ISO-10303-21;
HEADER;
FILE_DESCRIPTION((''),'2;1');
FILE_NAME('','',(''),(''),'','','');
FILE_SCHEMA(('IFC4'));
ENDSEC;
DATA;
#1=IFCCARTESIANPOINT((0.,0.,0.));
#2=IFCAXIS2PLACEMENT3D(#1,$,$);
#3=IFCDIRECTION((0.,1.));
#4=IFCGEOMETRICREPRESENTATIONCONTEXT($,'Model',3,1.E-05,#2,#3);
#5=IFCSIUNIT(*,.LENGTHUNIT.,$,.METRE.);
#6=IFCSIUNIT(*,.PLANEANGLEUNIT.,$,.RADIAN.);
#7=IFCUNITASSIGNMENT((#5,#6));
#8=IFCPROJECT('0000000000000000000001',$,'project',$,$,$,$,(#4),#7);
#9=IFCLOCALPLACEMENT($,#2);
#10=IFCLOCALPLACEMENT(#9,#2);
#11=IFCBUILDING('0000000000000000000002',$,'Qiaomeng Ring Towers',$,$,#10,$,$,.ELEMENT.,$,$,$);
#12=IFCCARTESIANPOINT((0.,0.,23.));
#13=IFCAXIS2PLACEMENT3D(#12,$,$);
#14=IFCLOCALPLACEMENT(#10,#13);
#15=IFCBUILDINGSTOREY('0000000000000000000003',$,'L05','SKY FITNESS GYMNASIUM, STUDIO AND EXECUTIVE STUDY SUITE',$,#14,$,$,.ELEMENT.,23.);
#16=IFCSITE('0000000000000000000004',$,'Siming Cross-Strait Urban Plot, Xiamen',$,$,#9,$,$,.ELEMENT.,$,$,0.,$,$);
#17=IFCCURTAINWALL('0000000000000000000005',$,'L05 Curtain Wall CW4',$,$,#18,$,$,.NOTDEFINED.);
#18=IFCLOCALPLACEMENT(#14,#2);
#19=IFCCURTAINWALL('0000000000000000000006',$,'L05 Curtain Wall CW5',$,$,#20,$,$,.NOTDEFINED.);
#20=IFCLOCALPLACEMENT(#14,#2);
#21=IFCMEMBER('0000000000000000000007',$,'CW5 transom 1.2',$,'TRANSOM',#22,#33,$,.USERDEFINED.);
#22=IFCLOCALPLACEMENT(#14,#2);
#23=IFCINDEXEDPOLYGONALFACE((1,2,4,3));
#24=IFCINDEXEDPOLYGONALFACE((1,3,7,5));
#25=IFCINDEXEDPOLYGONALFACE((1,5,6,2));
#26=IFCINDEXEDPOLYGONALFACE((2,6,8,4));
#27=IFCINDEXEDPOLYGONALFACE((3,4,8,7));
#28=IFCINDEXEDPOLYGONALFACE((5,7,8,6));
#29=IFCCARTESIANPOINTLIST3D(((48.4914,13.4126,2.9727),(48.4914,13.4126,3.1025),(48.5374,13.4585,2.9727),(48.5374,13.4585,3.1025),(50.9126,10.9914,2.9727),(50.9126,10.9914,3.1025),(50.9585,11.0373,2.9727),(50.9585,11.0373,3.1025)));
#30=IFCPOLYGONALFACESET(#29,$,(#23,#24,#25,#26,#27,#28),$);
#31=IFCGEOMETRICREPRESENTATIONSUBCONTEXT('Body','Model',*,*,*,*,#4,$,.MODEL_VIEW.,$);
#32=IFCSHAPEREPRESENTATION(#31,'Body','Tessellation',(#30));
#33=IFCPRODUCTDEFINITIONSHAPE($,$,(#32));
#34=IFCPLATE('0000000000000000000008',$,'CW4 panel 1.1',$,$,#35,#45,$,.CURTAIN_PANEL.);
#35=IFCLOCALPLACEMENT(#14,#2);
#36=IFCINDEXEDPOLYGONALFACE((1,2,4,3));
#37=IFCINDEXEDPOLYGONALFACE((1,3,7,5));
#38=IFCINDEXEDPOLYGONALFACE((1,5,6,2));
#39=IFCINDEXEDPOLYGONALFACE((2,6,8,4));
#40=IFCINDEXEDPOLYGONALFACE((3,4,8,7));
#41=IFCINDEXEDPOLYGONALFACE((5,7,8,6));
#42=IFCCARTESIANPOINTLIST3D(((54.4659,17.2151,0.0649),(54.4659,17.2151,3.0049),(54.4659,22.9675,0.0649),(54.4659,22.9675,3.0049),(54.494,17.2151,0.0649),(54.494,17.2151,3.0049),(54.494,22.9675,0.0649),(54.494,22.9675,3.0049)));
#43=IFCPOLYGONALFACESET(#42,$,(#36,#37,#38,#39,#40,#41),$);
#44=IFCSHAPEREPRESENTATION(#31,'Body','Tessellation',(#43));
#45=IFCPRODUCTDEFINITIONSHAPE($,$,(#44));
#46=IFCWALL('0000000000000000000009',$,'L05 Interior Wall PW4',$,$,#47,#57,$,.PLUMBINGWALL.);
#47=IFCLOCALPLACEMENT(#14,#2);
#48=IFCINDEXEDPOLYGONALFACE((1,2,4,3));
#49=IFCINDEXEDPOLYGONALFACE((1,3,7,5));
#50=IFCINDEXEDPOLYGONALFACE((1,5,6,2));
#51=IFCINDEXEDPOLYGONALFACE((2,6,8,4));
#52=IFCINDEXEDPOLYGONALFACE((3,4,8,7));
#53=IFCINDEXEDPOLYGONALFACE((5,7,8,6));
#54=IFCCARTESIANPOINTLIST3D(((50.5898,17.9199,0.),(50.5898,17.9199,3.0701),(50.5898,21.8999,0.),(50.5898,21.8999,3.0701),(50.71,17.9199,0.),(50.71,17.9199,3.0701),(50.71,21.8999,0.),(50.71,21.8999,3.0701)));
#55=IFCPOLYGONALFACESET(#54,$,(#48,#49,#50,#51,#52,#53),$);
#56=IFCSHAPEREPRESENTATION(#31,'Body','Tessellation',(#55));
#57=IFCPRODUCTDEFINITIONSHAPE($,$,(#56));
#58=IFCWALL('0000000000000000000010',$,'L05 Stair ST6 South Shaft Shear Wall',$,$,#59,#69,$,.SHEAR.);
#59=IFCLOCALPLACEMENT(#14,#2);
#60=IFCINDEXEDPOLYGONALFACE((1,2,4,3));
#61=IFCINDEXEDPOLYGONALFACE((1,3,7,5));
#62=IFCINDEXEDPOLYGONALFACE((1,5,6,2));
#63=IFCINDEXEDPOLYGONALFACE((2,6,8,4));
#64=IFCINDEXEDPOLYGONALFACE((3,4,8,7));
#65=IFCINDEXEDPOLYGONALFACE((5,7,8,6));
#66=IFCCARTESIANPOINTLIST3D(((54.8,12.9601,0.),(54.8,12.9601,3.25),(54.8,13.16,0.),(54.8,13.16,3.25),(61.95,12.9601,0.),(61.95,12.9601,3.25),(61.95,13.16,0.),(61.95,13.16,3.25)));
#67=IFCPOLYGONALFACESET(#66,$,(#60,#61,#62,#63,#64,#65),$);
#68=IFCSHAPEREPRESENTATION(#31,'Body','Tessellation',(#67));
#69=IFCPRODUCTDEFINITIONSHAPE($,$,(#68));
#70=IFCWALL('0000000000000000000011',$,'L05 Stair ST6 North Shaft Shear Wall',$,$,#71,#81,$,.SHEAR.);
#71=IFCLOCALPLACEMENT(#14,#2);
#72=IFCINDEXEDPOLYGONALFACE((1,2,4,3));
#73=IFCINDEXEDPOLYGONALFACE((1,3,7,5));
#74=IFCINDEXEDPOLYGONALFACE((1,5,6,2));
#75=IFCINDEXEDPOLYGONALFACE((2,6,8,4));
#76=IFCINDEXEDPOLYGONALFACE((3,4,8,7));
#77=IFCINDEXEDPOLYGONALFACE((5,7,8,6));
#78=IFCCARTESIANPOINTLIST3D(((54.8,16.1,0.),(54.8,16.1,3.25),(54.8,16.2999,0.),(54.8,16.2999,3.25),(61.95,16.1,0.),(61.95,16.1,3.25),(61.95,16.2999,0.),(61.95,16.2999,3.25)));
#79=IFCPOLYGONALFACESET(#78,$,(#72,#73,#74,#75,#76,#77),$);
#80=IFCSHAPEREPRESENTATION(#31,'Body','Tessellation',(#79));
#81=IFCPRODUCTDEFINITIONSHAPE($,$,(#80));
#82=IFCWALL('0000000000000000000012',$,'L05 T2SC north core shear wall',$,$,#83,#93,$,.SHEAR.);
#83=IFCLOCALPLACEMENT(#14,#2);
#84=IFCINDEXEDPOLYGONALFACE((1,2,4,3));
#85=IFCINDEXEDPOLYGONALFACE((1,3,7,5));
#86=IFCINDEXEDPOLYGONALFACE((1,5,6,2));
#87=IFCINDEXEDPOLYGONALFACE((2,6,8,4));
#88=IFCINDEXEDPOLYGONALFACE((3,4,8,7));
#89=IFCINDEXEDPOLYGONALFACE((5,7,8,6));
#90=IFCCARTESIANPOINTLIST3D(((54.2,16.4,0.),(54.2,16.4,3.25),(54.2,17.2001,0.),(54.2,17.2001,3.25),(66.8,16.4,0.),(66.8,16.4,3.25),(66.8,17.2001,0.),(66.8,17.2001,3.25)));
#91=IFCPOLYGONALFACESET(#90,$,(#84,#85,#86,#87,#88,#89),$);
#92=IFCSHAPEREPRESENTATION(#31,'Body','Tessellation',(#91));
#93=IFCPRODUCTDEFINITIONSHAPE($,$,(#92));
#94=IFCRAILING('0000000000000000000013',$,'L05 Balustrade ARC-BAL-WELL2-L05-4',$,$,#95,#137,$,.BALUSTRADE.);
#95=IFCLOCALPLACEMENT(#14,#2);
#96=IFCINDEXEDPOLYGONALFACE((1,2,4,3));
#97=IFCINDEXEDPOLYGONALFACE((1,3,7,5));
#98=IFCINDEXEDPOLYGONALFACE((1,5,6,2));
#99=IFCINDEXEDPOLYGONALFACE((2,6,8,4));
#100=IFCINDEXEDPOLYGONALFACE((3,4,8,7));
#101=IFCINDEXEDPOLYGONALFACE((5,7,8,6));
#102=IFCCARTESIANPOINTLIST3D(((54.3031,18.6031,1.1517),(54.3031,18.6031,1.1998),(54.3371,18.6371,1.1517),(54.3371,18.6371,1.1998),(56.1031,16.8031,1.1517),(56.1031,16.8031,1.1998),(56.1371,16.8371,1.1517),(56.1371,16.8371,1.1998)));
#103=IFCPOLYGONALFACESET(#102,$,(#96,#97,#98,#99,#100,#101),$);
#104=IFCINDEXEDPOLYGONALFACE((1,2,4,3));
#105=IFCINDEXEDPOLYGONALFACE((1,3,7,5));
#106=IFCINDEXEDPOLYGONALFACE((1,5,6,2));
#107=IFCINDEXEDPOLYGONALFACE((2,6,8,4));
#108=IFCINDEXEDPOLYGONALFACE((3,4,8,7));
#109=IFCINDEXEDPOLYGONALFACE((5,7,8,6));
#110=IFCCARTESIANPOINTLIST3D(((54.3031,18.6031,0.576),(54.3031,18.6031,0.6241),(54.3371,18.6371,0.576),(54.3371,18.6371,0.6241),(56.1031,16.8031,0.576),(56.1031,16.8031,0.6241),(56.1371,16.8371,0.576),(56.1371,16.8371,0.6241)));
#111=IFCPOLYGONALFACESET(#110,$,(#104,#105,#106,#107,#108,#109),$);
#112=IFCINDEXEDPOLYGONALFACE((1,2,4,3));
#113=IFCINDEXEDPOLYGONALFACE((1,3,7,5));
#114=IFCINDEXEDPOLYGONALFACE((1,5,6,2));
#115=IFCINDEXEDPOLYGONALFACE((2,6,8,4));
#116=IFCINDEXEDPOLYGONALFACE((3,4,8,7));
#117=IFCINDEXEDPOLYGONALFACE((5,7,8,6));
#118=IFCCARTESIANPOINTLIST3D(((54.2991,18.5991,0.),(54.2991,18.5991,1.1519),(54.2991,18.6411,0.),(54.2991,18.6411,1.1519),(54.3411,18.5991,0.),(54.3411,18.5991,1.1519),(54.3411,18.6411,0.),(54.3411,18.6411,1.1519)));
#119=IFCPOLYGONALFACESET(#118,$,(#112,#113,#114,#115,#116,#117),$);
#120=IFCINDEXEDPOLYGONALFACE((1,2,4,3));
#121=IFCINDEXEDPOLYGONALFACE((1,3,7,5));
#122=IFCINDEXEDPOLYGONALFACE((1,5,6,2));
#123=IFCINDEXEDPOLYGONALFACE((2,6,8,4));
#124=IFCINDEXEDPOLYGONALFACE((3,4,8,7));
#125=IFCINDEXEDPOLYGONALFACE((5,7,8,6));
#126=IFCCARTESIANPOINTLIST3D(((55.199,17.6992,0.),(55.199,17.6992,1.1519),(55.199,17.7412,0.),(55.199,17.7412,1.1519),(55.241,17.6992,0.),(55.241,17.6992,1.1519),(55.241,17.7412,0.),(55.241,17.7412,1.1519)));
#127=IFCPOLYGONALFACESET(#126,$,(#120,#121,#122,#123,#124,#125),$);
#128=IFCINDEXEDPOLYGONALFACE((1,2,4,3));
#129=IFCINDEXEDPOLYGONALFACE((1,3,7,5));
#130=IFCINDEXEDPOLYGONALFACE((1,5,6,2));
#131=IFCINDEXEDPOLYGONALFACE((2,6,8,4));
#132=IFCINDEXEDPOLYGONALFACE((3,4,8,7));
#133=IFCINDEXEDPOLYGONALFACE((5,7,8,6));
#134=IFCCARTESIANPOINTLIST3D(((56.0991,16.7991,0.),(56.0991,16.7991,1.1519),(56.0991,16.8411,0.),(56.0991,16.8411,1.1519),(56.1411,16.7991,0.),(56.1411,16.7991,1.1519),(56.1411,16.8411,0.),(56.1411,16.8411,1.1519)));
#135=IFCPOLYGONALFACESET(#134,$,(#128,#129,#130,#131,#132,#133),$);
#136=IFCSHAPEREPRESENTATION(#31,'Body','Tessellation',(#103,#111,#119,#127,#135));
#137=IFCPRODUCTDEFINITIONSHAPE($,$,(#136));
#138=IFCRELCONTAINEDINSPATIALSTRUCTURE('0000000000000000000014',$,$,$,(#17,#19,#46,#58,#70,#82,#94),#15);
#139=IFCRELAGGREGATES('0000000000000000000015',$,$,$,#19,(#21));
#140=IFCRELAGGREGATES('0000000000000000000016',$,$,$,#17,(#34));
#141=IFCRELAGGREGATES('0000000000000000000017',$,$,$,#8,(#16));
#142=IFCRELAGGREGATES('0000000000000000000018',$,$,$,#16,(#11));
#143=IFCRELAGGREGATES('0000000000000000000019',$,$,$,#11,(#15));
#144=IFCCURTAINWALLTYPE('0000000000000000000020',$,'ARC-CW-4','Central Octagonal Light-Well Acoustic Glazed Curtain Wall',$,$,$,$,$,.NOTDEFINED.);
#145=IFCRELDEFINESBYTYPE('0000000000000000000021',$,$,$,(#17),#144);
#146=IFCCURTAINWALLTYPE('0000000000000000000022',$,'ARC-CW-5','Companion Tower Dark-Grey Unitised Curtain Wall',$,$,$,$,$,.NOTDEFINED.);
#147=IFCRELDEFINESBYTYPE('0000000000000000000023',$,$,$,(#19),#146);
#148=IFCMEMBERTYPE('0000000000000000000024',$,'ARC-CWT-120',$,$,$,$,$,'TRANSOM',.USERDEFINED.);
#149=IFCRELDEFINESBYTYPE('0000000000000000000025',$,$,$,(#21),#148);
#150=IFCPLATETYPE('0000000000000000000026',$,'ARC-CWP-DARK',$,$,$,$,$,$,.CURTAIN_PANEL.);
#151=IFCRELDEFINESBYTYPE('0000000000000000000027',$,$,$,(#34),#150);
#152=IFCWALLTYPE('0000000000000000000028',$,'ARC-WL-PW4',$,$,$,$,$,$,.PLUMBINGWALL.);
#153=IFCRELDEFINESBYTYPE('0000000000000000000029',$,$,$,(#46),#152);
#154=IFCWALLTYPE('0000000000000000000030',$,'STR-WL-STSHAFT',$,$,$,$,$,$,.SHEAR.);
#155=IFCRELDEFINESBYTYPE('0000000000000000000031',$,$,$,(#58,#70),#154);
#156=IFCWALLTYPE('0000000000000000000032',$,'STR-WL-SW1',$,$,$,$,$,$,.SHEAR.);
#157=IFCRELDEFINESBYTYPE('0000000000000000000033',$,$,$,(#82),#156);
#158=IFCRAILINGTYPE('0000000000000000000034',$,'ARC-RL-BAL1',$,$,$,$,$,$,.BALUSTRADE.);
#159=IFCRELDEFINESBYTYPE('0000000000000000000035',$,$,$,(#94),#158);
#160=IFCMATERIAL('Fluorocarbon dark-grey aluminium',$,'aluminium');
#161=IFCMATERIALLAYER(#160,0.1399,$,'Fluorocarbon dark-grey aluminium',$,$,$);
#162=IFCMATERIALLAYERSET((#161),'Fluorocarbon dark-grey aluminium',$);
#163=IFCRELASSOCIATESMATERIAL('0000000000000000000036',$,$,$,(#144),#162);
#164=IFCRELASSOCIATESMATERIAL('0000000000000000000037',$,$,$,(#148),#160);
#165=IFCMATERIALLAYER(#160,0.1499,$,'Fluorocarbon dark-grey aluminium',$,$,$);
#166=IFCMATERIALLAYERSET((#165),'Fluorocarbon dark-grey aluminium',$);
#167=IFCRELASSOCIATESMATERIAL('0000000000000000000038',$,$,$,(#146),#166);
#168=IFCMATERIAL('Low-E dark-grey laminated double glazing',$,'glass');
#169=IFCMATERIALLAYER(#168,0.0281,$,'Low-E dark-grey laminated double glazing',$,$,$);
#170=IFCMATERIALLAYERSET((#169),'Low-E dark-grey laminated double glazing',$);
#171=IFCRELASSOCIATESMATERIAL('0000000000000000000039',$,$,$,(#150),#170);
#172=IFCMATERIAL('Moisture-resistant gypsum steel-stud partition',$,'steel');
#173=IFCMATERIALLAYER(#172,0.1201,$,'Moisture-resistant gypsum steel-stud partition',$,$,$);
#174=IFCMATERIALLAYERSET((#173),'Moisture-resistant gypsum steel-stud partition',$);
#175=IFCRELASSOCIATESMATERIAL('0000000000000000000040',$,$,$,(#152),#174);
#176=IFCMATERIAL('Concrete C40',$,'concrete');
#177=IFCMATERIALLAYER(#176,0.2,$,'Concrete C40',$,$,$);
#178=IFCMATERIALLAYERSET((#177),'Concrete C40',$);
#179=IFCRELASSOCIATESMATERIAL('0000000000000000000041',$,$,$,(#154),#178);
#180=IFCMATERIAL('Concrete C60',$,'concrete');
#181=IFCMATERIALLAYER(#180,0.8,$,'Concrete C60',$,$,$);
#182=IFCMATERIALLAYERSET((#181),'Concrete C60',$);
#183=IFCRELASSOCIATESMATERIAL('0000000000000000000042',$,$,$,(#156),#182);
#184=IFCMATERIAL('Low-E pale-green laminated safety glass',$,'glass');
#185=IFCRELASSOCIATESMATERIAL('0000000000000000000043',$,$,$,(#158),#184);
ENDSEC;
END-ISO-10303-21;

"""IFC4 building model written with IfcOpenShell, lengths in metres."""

from ifc_helpers import new_model, si_unit, direction, frame, frame_2d, origin, origin_2d, place, context, subcontext, project, spatial, rectangle, extrude, source, transform, mapped, material, layer, layer_set, material_profile, profile_set, type_object, element, aggregate, save


model = new_model("IFC4")

# Units and contexts
model_context = context("Model", 3, precision=1e-05, world=origin(), true_north=direction((0.0, 1.0)))
body_context = subcontext(model_context, "Body", "Model", "MODEL_VIEW")
ifc_project = project(units=[si_unit("LENGTHUNIT", "METRE"), si_unit("PLANEANGLEUNIT", "RADIAN")], contexts=[model_context])

# Site, building, storey
site_placement = place(None, origin())
site = spatial("IfcSite", under=ifc_project, at=site_placement, Name="Siming Cross-Strait Urban Plot, Xiamen", CompositionType="ELEMENT", RefElevation=0.0)
building_placement = place(site_placement, origin())
building = spatial("IfcBuilding", under=site, at=building_placement, Name="Qiaomeng Ring Towers", CompositionType="ELEMENT")
storey_placement = place(building_placement, frame((0.0, 0.0, 23.0)))
storey = spatial("IfcBuildingStorey", under=building, at=storey_placement, Name="L05", Description="SKY FITNESS GYMNASIUM, STUDIO AND EXECUTIVE STUDY SUITE", CompositionType="ELEMENT", Elevation=23.0)

# Curtain walls, member
ifc_material_1 = material(Name="Fluorocarbon dark-grey aluminium", Category="aluminium")
ifc_layer_1 = layer(ifc_material_1, 0.1399, Name="Fluorocarbon dark-grey aluminium")
ifc_layer_set_1 = layer_set([ifc_layer_1], Name="Fluorocarbon dark-grey aluminium")
curtain_wall_type_1 = type_object("IfcCurtainWallType", Name="ARC-CW-4", Description="Central Octagonal Light-Well Acoustic Glazed Curtain Wall", PredefinedType="NOTDEFINED", material=ifc_layer_set_1)
curtain_wall_1_placement = place(storey_placement, origin())
curtain_wall_1 = element("IfcCurtainWall", 1, at=curtain_wall_1_placement, inside=storey, type_object=curtain_wall_type_1, Name="L05 Curtain Wall CW4", PredefinedType="NOTDEFINED")
ifc_material_profile_1 = material_profile(ifc_material_1, rectangle(XDim=0.0649, YDim=0.1299, at=origin_2d()), Name="ALU TRAN 65x130")
ifc_profile_set_1 = profile_set([ifc_material_profile_1], Name="Fluorocarbon dark-grey aluminium")
member_type_1 = type_object("IfcMemberType", Name="ARC-CWT-120", ElementType="TRANSOM", PredefinedType="USERDEFINED", material=ifc_profile_set_1)
ifc_layer_2 = layer(ifc_material_1, 0.1499, Name="Fluorocarbon dark-grey aluminium")
ifc_layer_set_2 = layer_set([ifc_layer_2], Name="Fluorocarbon dark-grey aluminium")
curtain_wall_type_2 = type_object("IfcCurtainWallType", Name="ARC-CW-5", Description="Companion Tower Dark-Grey Unitised Curtain Wall", PredefinedType="NOTDEFINED", material=ifc_layer_set_2)
curtain_wall_2_placement = place(storey_placement, origin())
curtain_wall_2 = element("IfcCurtainWall", 2, at=curtain_wall_2_placement, inside=storey, type_object=curtain_wall_type_2, Name="L05 Curtain Wall CW5", PredefinedType="NOTDEFINED")
shared_shape_1 = source(origin(), body_context, "Body", "SweptSolid", [
    extrude(rectangle(XDim=0.0649, YDim=0.1299, at=origin_2d()), origin(), (0.0, 0.0, 1.0), 3.4241),
])
member_1_placement = place(storey_placement, frame((48.5144, 13.4355, 3.0376), z_axis=(0.707107, -0.707107, 0.0), x_axis=(0.707107, 0.707107, 0.0)))
member_1 = element("IfcMember", 3, at=member_1_placement, type_object=member_type_1, Name="CW5 transom 1.2", ObjectType="TRANSOM", PredefinedType="USERDEFINED", context=body_context, shape_type="MappedRepresentation", body=[
    mapped(shared_shape_1, transform((0.0, 0.0, 0.0), x_axis=(1.0, 0.0, 0.0), y_axis=(0.0, 1.0, 0.0), z_axis=(0.0, 0.0, 1.0), scale=1.0)),
])
aggregate(curtain_wall_2, [member_1])

# Plate
ifc_material_2 = material(Name="Low-E dark-grey laminated double glazing", Category="glass")
ifc_layer_3 = layer(ifc_material_2, 0.0281, Name="Low-E dark-grey laminated double glazing")
ifc_layer_set_3 = layer_set([ifc_layer_3], Name="Low-E dark-grey laminated double glazing")
plate_type = type_object("IfcPlateType", Name="ARC-CWP-DARK", PredefinedType="CURTAIN_PANEL", material=ifc_layer_set_3)
shared_shape_2 = source(origin(), body_context, "Body", "SweptSolid", [
    extrude(rectangle(XDim=5.7524, YDim=0.0281, at=origin_2d()), origin(), (0.0, 0.0, 1.0), 2.9399),
])
plate_placement = place(storey_placement, frame((54.48, 20.0913, 0.0649), z_axis=(0.0, 0.0, 1.0), x_axis=(0.0, 1.0, 0.0)))
plate = element("IfcPlate", 4, at=plate_placement, type_object=plate_type, Name="CW4 panel 1.1", PredefinedType="CURTAIN_PANEL", context=body_context, shape_type="MappedRepresentation", body=[
    mapped(shared_shape_2, transform((0.0, 0.0, 0.0), x_axis=(1.0, 0.0, 0.0), y_axis=(0.0, 1.0, 0.0), z_axis=(0.0, 0.0, 1.0), scale=1.0)),
])
aggregate(curtain_wall_1, [plate])

# Walls
ifc_material_3 = material(Name="Moisture-resistant gypsum steel-stud partition", Category="steel")
ifc_layer_4 = layer(ifc_material_3, 0.1201, Name="Moisture-resistant gypsum steel-stud partition")
ifc_layer_set_4 = layer_set([ifc_layer_4], Name="Moisture-resistant gypsum steel-stud partition")
wall_type_1 = type_object("IfcWallType", Name="ARC-WL-PW4", PredefinedType="PLUMBINGWALL", material=ifc_layer_set_4)
wall_1_placement = place(storey_placement, frame((50.6499, 17.9199, 0.0), z_axis=(0.0, 0.0, 1.0), x_axis=(0.0, 1.0, 0.0)))
element("IfcWall", 5, at=wall_1_placement, inside=storey, type_object=wall_type_1, Name="L05 Interior Wall PW4", PredefinedType="PLUMBINGWALL", context=body_context, shape_type="SweptSolid", body=[
    extrude(rectangle(XDim=3.98, YDim=0.1201, at=frame_2d((1.99, 0.0))), origin(), (0.0, 0.0, 1.0), 3.0701),
])
ifc_material_4 = material(Name="Concrete C40", Category="concrete")
ifc_layer_5 = layer(ifc_material_4, 0.2, Name="Concrete C40")
ifc_layer_set_5 = layer_set([ifc_layer_5], Name="Concrete C40")
wall_type_2 = type_object("IfcWallType", Name="STR-WL-STSHAFT", PredefinedType="SHEAR", material=ifc_layer_set_5)
for number, where, z_axis, x_axis, name in (
    (6, (54.8, 13.0601, 0.0), (0.0, 0.0, 1.0), (1.0, 0.0, 0.0), "L05 Stair ST6 South Shaft Shear Wall"),
    (7, (54.8, 16.2, 0.0), (0.0, 0.0, 1.0), (1.0, 0.0, 0.0), "L05 Stair ST6 North Shaft Shear Wall"),
):
    element("IfcWall", number, at=place(storey_placement, frame(where, z_axis=z_axis, x_axis=x_axis)), inside=storey, type_object=wall_type_2, Name=name, PredefinedType="SHEAR", context=body_context, shape_type="SweptSolid", body=[
        extrude(rectangle(XDim=7.1499, YDim=0.2, at=frame_2d((3.575, 0.0))), origin(), (0.0, 0.0, 1.0), 3.25),
    ])
ifc_material_5 = material(Name="Concrete C60", Category="concrete")
ifc_layer_6 = layer(ifc_material_5, 0.8, Name="Concrete C60")
ifc_layer_set_6 = layer_set([ifc_layer_6], Name="Concrete C60")
wall_type_3 = type_object("IfcWallType", Name="STR-WL-SW1", PredefinedType="SHEAR", material=ifc_layer_set_6)
wall_2_placement = place(storey_placement, frame((54.2, 16.8, 0.0), z_axis=(0.0, 0.0, 1.0), x_axis=(1.0, 0.0, 0.0)))
element("IfcWall", 8, at=wall_2_placement, inside=storey, type_object=wall_type_3, Name="L05 T2SC north core shear wall", PredefinedType="SHEAR", context=body_context, shape_type="SweptSolid", body=[
    extrude(rectangle(XDim=12.6001, YDim=0.8, at=frame_2d((6.3, 0.0))), origin(), (0.0, 0.0, 1.0), 3.25),
])

# Railing
ifc_material_6 = material(Name="Low-E pale-green laminated safety glass", Category="glass")
railing_type = type_object("IfcRailingType", Name="ARC-RL-BAL1", PredefinedType="BALUSTRADE", material=ifc_material_6)
railing_placement = place(storey_placement, frame((54.3201, 18.6201, 0.0)))
element("IfcRailing", 9, at=railing_placement, inside=storey, type_object=railing_type, Name="L05 Balustrade ARC-BAL-WELL2-L05-4", PredefinedType="BALUSTRADE", context=body_context, shape_type="SweptSolid", body=[
    extrude(rectangle(XDim=0.0481, YDim=0.0481, at=origin_2d()), frame((0.0, 0.0, 1.1758), z_axis=(0.707107, -0.707107, 0.0), x_axis=(0.707107, 0.707107, 0.0)), (0.0, 0.0, 1.0), 2.5457),
    extrude(rectangle(XDim=0.0481, YDim=0.0481, at=origin_2d()), frame((0.0, 0.0, 0.6001), z_axis=(0.707107, -0.707107, 0.0), x_axis=(0.707107, 0.707107, 0.0)), (0.0, 0.0, 1.0), 2.5457),
    extrude(rectangle(XDim=0.042, YDim=0.042, at=origin_2d()), origin(), (0.0, 0.0, 1.0), 1.1519),
    extrude(rectangle(XDim=0.042, YDim=0.042, at=origin_2d()), frame((0.8999, -0.8999, 0.0)), (0.0, 0.0, 1.0), 1.1519),
    extrude(rectangle(XDim=0.042, YDim=0.042, at=origin_2d()), frame((1.8, -1.8, 0.0)), (0.0, 0.0, 1.0), 1.1519),
])

save(model, "model.ifc")
